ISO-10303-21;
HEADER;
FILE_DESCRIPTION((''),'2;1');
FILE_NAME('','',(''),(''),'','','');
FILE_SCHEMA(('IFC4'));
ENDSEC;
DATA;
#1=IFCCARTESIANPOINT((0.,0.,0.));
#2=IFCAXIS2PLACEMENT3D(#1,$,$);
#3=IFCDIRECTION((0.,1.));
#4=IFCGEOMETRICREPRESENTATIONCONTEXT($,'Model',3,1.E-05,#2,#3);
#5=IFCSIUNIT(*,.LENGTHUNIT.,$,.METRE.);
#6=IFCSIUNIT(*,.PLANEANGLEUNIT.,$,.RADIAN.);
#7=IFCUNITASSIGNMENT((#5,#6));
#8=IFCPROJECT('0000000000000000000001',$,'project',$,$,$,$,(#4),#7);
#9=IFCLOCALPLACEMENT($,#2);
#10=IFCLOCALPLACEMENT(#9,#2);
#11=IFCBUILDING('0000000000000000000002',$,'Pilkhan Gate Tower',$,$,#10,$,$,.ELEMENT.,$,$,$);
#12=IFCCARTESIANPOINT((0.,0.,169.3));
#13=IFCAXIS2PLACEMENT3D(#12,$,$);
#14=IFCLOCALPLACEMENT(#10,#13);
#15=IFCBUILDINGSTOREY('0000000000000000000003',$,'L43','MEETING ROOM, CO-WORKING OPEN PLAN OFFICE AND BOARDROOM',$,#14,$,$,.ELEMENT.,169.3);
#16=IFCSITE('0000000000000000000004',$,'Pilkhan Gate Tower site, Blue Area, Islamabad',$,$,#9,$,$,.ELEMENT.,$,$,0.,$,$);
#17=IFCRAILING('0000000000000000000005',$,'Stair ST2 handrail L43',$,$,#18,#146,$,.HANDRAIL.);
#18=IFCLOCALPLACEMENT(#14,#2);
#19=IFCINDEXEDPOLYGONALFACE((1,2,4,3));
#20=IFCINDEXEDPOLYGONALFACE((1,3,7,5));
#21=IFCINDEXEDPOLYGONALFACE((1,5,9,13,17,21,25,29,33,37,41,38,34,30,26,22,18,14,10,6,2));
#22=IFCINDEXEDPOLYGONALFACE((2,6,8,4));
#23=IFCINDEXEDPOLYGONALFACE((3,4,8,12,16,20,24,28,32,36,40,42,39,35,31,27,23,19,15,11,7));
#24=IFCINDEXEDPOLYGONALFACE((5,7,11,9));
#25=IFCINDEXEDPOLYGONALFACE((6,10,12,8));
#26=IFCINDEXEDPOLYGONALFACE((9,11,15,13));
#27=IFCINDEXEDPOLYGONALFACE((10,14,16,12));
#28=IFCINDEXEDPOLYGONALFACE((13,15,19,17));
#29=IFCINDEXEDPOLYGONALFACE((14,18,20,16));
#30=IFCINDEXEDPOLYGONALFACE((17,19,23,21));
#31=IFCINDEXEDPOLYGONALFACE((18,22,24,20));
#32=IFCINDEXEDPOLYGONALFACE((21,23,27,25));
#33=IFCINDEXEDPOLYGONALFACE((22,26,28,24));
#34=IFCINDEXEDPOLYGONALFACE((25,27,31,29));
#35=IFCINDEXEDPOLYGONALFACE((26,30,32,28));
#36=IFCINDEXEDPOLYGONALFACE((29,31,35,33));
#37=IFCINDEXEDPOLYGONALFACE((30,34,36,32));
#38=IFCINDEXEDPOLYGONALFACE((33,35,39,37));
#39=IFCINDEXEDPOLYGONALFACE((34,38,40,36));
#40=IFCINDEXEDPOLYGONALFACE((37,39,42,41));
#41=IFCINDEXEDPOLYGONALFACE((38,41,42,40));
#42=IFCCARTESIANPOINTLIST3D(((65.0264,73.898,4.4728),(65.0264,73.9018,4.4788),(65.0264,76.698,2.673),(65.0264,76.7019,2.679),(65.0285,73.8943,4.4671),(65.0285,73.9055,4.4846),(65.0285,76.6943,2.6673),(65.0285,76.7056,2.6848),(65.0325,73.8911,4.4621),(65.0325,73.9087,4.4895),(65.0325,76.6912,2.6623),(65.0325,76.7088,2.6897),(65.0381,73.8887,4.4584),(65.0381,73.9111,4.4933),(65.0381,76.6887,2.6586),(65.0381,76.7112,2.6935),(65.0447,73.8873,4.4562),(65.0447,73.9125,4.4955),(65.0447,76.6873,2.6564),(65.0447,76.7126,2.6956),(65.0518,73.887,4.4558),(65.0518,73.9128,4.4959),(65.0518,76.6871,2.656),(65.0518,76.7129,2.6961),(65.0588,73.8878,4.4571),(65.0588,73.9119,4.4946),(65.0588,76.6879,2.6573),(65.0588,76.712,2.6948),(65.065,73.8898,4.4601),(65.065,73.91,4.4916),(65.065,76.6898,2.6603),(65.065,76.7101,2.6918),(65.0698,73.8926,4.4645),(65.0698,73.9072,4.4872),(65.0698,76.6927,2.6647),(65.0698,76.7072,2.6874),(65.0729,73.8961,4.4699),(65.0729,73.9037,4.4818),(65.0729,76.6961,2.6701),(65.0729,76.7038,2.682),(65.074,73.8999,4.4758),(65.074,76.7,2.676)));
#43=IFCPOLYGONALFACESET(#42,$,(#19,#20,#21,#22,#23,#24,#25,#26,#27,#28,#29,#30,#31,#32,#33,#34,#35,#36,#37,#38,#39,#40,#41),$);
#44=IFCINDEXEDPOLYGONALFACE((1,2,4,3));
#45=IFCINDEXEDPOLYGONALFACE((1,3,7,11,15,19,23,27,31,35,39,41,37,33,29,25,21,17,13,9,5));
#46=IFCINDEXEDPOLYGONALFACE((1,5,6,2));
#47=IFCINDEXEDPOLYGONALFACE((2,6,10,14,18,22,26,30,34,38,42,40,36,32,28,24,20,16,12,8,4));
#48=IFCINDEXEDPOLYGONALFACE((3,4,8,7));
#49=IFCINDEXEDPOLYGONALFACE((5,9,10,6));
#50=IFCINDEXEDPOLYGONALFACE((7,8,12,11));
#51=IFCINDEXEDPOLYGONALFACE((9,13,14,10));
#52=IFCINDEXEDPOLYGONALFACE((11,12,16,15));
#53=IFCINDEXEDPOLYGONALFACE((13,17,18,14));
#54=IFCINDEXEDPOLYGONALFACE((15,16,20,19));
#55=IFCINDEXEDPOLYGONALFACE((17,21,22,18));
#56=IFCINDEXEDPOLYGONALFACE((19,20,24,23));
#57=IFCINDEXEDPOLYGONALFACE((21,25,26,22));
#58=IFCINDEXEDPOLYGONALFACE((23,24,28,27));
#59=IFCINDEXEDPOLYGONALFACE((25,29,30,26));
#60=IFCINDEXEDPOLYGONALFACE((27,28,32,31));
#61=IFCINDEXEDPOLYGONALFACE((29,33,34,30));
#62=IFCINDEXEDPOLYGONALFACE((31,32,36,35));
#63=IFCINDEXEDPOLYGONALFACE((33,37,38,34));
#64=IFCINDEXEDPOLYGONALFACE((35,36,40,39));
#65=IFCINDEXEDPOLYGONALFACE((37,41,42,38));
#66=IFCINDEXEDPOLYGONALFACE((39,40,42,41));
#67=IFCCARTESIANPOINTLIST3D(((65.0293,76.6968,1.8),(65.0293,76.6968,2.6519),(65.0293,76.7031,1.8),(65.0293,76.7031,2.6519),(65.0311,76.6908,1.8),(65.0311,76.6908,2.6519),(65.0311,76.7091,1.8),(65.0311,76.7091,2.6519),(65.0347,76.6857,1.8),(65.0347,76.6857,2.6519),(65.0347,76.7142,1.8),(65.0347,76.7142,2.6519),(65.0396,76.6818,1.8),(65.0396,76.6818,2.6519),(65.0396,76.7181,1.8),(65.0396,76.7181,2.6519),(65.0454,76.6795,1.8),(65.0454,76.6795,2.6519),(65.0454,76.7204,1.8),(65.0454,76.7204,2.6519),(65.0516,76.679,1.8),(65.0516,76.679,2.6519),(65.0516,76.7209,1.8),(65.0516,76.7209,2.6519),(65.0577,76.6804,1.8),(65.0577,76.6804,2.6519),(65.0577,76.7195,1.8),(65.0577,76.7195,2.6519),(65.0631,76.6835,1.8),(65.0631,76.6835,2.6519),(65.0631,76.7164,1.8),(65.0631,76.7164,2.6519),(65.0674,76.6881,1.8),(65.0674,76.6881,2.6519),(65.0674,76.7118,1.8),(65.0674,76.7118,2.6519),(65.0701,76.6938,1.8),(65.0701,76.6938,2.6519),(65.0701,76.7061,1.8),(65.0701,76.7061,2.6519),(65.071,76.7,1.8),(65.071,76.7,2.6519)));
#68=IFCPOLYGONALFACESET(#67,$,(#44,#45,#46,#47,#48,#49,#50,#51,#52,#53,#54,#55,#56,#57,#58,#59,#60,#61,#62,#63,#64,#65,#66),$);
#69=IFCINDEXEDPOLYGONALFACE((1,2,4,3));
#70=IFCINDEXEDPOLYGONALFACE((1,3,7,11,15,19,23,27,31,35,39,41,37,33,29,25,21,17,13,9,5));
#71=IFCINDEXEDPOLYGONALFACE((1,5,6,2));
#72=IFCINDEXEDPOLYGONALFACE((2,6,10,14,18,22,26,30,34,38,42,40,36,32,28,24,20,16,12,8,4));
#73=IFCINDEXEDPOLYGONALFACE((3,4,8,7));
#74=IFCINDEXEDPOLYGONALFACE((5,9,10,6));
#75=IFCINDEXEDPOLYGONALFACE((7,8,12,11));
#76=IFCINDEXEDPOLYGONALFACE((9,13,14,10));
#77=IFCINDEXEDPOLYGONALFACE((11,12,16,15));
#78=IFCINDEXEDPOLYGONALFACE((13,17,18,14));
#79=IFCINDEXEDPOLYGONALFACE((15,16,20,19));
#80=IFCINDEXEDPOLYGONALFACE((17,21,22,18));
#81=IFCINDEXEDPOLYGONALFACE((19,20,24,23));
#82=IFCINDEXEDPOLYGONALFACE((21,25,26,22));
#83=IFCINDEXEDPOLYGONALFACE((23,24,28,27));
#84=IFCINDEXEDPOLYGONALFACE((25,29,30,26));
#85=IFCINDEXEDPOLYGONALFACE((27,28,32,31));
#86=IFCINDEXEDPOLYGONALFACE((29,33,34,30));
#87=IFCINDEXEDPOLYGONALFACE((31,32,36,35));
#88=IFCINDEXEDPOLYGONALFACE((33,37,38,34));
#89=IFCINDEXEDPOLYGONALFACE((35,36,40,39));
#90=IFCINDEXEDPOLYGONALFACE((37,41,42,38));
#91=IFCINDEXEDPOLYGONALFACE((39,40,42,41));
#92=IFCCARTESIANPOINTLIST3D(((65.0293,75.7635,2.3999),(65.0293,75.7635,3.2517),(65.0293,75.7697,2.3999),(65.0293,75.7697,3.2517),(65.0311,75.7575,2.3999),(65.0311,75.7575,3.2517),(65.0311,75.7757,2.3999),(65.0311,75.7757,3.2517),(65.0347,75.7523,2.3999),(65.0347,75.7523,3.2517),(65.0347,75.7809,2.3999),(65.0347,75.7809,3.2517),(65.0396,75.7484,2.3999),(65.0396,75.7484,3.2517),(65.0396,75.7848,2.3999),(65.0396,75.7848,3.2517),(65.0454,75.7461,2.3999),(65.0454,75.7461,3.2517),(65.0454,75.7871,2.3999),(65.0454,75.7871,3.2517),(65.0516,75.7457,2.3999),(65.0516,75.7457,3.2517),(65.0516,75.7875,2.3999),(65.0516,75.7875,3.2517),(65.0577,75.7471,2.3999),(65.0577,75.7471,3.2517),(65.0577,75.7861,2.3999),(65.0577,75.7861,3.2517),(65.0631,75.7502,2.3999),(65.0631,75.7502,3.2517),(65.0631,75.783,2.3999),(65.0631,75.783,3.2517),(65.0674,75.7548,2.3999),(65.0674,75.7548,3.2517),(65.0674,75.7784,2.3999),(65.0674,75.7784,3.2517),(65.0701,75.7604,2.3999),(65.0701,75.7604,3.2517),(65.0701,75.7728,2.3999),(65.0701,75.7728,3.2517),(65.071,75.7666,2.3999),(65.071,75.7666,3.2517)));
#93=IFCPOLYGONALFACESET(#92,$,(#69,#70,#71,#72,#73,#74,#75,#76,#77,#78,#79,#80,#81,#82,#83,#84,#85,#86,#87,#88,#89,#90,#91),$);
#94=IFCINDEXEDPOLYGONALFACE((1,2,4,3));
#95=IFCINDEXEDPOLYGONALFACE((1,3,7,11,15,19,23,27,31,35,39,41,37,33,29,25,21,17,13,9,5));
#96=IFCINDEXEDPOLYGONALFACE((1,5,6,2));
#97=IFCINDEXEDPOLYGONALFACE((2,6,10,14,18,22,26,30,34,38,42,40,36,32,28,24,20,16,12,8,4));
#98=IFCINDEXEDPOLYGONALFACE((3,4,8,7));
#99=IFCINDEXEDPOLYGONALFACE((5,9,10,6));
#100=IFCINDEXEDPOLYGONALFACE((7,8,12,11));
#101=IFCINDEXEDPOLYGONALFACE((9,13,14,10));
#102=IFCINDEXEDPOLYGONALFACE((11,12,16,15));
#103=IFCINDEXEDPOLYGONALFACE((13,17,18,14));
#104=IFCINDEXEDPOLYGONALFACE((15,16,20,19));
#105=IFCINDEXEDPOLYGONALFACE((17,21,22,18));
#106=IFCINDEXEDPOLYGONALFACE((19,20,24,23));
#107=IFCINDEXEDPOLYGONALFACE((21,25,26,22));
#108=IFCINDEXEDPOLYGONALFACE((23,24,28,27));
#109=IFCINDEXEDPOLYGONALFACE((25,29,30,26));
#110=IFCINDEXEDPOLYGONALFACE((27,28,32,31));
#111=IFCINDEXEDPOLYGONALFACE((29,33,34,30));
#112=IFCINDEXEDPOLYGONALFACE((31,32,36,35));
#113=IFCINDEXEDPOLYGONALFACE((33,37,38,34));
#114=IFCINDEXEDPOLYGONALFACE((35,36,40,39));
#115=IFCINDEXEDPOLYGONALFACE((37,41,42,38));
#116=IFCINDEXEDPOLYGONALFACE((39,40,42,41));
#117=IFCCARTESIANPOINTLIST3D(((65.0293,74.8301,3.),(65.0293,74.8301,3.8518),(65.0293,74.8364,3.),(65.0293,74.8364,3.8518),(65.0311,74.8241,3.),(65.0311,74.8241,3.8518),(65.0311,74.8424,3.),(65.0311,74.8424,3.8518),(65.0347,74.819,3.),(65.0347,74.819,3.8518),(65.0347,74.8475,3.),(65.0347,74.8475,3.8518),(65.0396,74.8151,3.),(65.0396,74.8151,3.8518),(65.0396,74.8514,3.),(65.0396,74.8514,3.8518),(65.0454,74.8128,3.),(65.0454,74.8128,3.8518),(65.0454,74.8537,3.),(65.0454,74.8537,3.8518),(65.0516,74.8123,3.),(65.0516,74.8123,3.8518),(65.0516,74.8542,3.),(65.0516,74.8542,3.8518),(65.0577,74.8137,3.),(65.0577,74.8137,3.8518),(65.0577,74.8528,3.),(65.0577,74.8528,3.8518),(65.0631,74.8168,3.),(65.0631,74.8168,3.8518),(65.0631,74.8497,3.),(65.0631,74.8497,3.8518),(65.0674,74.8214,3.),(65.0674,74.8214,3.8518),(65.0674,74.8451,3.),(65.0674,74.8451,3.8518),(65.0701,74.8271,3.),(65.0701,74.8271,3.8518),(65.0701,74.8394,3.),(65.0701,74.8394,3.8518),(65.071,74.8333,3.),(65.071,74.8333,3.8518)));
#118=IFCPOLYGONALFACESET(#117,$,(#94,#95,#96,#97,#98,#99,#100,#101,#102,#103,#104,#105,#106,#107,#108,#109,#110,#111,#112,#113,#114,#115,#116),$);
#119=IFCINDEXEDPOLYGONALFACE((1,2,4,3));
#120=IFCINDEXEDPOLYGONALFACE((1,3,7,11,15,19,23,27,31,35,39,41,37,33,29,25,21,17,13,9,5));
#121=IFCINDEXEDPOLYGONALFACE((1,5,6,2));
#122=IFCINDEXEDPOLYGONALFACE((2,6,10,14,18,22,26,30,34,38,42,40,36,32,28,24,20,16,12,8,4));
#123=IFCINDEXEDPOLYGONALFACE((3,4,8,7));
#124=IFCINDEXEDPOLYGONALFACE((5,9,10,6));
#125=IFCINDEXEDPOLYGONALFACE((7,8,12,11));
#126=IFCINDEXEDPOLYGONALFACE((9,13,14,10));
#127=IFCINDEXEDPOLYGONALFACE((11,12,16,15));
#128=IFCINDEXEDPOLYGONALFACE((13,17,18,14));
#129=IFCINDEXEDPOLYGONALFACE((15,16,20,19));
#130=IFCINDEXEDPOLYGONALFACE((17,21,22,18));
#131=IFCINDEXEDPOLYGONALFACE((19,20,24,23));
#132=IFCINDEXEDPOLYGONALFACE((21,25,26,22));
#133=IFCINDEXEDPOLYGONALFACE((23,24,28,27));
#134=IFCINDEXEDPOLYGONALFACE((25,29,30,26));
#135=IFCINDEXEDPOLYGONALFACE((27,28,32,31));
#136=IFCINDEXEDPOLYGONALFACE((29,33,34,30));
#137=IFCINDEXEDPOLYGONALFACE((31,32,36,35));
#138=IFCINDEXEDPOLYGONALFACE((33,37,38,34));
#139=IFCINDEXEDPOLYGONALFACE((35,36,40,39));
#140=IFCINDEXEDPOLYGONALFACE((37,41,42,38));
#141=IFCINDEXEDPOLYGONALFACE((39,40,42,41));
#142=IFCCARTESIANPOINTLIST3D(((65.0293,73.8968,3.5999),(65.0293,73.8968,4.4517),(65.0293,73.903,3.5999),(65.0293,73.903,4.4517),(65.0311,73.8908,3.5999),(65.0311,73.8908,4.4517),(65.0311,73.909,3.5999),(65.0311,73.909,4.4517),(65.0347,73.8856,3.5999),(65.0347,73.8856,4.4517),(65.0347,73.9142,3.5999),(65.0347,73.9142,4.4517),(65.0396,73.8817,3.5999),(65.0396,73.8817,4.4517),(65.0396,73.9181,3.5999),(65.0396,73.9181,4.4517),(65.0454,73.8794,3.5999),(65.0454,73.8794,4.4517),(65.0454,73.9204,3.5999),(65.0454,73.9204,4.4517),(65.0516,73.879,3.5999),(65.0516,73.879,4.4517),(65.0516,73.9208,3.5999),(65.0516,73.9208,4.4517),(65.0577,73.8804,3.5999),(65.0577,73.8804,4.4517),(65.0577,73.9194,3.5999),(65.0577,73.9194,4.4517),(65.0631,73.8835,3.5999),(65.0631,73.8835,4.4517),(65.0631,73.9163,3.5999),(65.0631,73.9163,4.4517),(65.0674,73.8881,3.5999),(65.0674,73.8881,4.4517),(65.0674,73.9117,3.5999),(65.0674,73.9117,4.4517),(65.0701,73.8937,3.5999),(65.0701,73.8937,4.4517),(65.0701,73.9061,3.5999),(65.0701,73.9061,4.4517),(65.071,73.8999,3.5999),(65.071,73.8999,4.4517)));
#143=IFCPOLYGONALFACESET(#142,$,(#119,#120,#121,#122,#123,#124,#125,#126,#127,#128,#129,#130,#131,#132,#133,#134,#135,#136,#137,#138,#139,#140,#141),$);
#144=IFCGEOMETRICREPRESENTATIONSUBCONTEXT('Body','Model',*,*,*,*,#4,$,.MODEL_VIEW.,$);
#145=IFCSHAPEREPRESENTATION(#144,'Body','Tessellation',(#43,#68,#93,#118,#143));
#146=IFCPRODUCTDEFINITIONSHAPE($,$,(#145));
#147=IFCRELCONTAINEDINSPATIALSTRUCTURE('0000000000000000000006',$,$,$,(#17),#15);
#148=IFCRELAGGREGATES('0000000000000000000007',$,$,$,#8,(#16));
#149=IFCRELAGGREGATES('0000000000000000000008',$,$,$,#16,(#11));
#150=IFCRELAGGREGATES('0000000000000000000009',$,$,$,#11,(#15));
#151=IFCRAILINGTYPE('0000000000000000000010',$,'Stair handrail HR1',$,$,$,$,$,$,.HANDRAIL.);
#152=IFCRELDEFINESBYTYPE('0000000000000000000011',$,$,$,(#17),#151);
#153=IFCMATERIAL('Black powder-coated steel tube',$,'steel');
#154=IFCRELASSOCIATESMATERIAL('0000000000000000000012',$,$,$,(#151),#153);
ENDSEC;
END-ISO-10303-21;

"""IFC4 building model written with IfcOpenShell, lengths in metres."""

from ifc_helpers import new_model, si_unit, direction, frame, origin, origin_2d, place, context, subcontext, project, spatial, circle, extrude, material, type_object, element, save


model = new_model("IFC4")

# Units and contexts
model_context = context("Model", 3, precision=1e-05, world=origin(), true_north=direction((0.0, 1.0)))
body_context = subcontext(model_context, "Body", "Model", "MODEL_VIEW")
ifc_project = project(units=[si_unit("LENGTHUNIT", "METRE"), si_unit("PLANEANGLEUNIT", "RADIAN")], contexts=[model_context])

# Site, building, storey
site_placement = place(None, origin())
site = spatial("IfcSite", under=ifc_project, at=site_placement, Name="Pilkhan Gate Tower site, Blue Area, Islamabad", CompositionType="ELEMENT", RefElevation=0.0)
building_placement = place(site_placement, origin())
building = spatial("IfcBuilding", under=site, at=building_placement, Name="Pilkhan Gate Tower", CompositionType="ELEMENT")
storey_placement = place(building_placement, frame((0.0, 0.0, 169.3)))
storey = spatial("IfcBuildingStorey", under=building, at=storey_placement, Name="L43", Description="MEETING ROOM, CO-WORKING OPEN PLAN OFFICE AND BOARDROOM", CompositionType="ELEMENT", Elevation=169.3)

# Railing
ifc_material_1 = material(Name="Black powder-coated steel tube", Category="steel")
railing_type_1 = type_object("IfcRailingType", Name="Stair handrail HR1", PredefinedType="HANDRAIL", material=ifc_material_1)
railing_1_placement = place(storey_placement, frame((65.05, 76.7, 1.8)))
element("IfcRailing", 1, at=railing_1_placement, inside=storey, type_object=railing_type_1, Name="Stair ST2 handrail L43", PredefinedType="HANDRAIL", context=body_context, shape_type="SweptSolid", body=[
    extrude(circle(Radius=0.0239, at=origin_2d()), frame((0.0, 0.0, 0.876), z_axis=(0.0, -0.841209, 0.540709), x_axis=(1.0, 0.0, 0.0)), (0.0, 0.0, 1.0), 3.3286),
    extrude(circle(Radius=0.021, at=origin_2d()), origin(), (0.0, 0.0, 1.0), 0.8518),
    extrude(circle(Radius=0.021, at=origin_2d()), frame((0.0, -0.9333, 0.5999)), (0.0, 0.0, 1.0), 0.8518),
    extrude(circle(Radius=0.021, at=origin_2d()), frame((0.0, -1.8667, 1.2)), (0.0, 0.0, 1.0), 0.8518),
    extrude(circle(Radius=0.021, at=origin_2d()), frame((0.0, -2.8, 1.7998)), (0.0, 0.0, 1.0), 0.8518),
])

save(model, "model.ifc")
